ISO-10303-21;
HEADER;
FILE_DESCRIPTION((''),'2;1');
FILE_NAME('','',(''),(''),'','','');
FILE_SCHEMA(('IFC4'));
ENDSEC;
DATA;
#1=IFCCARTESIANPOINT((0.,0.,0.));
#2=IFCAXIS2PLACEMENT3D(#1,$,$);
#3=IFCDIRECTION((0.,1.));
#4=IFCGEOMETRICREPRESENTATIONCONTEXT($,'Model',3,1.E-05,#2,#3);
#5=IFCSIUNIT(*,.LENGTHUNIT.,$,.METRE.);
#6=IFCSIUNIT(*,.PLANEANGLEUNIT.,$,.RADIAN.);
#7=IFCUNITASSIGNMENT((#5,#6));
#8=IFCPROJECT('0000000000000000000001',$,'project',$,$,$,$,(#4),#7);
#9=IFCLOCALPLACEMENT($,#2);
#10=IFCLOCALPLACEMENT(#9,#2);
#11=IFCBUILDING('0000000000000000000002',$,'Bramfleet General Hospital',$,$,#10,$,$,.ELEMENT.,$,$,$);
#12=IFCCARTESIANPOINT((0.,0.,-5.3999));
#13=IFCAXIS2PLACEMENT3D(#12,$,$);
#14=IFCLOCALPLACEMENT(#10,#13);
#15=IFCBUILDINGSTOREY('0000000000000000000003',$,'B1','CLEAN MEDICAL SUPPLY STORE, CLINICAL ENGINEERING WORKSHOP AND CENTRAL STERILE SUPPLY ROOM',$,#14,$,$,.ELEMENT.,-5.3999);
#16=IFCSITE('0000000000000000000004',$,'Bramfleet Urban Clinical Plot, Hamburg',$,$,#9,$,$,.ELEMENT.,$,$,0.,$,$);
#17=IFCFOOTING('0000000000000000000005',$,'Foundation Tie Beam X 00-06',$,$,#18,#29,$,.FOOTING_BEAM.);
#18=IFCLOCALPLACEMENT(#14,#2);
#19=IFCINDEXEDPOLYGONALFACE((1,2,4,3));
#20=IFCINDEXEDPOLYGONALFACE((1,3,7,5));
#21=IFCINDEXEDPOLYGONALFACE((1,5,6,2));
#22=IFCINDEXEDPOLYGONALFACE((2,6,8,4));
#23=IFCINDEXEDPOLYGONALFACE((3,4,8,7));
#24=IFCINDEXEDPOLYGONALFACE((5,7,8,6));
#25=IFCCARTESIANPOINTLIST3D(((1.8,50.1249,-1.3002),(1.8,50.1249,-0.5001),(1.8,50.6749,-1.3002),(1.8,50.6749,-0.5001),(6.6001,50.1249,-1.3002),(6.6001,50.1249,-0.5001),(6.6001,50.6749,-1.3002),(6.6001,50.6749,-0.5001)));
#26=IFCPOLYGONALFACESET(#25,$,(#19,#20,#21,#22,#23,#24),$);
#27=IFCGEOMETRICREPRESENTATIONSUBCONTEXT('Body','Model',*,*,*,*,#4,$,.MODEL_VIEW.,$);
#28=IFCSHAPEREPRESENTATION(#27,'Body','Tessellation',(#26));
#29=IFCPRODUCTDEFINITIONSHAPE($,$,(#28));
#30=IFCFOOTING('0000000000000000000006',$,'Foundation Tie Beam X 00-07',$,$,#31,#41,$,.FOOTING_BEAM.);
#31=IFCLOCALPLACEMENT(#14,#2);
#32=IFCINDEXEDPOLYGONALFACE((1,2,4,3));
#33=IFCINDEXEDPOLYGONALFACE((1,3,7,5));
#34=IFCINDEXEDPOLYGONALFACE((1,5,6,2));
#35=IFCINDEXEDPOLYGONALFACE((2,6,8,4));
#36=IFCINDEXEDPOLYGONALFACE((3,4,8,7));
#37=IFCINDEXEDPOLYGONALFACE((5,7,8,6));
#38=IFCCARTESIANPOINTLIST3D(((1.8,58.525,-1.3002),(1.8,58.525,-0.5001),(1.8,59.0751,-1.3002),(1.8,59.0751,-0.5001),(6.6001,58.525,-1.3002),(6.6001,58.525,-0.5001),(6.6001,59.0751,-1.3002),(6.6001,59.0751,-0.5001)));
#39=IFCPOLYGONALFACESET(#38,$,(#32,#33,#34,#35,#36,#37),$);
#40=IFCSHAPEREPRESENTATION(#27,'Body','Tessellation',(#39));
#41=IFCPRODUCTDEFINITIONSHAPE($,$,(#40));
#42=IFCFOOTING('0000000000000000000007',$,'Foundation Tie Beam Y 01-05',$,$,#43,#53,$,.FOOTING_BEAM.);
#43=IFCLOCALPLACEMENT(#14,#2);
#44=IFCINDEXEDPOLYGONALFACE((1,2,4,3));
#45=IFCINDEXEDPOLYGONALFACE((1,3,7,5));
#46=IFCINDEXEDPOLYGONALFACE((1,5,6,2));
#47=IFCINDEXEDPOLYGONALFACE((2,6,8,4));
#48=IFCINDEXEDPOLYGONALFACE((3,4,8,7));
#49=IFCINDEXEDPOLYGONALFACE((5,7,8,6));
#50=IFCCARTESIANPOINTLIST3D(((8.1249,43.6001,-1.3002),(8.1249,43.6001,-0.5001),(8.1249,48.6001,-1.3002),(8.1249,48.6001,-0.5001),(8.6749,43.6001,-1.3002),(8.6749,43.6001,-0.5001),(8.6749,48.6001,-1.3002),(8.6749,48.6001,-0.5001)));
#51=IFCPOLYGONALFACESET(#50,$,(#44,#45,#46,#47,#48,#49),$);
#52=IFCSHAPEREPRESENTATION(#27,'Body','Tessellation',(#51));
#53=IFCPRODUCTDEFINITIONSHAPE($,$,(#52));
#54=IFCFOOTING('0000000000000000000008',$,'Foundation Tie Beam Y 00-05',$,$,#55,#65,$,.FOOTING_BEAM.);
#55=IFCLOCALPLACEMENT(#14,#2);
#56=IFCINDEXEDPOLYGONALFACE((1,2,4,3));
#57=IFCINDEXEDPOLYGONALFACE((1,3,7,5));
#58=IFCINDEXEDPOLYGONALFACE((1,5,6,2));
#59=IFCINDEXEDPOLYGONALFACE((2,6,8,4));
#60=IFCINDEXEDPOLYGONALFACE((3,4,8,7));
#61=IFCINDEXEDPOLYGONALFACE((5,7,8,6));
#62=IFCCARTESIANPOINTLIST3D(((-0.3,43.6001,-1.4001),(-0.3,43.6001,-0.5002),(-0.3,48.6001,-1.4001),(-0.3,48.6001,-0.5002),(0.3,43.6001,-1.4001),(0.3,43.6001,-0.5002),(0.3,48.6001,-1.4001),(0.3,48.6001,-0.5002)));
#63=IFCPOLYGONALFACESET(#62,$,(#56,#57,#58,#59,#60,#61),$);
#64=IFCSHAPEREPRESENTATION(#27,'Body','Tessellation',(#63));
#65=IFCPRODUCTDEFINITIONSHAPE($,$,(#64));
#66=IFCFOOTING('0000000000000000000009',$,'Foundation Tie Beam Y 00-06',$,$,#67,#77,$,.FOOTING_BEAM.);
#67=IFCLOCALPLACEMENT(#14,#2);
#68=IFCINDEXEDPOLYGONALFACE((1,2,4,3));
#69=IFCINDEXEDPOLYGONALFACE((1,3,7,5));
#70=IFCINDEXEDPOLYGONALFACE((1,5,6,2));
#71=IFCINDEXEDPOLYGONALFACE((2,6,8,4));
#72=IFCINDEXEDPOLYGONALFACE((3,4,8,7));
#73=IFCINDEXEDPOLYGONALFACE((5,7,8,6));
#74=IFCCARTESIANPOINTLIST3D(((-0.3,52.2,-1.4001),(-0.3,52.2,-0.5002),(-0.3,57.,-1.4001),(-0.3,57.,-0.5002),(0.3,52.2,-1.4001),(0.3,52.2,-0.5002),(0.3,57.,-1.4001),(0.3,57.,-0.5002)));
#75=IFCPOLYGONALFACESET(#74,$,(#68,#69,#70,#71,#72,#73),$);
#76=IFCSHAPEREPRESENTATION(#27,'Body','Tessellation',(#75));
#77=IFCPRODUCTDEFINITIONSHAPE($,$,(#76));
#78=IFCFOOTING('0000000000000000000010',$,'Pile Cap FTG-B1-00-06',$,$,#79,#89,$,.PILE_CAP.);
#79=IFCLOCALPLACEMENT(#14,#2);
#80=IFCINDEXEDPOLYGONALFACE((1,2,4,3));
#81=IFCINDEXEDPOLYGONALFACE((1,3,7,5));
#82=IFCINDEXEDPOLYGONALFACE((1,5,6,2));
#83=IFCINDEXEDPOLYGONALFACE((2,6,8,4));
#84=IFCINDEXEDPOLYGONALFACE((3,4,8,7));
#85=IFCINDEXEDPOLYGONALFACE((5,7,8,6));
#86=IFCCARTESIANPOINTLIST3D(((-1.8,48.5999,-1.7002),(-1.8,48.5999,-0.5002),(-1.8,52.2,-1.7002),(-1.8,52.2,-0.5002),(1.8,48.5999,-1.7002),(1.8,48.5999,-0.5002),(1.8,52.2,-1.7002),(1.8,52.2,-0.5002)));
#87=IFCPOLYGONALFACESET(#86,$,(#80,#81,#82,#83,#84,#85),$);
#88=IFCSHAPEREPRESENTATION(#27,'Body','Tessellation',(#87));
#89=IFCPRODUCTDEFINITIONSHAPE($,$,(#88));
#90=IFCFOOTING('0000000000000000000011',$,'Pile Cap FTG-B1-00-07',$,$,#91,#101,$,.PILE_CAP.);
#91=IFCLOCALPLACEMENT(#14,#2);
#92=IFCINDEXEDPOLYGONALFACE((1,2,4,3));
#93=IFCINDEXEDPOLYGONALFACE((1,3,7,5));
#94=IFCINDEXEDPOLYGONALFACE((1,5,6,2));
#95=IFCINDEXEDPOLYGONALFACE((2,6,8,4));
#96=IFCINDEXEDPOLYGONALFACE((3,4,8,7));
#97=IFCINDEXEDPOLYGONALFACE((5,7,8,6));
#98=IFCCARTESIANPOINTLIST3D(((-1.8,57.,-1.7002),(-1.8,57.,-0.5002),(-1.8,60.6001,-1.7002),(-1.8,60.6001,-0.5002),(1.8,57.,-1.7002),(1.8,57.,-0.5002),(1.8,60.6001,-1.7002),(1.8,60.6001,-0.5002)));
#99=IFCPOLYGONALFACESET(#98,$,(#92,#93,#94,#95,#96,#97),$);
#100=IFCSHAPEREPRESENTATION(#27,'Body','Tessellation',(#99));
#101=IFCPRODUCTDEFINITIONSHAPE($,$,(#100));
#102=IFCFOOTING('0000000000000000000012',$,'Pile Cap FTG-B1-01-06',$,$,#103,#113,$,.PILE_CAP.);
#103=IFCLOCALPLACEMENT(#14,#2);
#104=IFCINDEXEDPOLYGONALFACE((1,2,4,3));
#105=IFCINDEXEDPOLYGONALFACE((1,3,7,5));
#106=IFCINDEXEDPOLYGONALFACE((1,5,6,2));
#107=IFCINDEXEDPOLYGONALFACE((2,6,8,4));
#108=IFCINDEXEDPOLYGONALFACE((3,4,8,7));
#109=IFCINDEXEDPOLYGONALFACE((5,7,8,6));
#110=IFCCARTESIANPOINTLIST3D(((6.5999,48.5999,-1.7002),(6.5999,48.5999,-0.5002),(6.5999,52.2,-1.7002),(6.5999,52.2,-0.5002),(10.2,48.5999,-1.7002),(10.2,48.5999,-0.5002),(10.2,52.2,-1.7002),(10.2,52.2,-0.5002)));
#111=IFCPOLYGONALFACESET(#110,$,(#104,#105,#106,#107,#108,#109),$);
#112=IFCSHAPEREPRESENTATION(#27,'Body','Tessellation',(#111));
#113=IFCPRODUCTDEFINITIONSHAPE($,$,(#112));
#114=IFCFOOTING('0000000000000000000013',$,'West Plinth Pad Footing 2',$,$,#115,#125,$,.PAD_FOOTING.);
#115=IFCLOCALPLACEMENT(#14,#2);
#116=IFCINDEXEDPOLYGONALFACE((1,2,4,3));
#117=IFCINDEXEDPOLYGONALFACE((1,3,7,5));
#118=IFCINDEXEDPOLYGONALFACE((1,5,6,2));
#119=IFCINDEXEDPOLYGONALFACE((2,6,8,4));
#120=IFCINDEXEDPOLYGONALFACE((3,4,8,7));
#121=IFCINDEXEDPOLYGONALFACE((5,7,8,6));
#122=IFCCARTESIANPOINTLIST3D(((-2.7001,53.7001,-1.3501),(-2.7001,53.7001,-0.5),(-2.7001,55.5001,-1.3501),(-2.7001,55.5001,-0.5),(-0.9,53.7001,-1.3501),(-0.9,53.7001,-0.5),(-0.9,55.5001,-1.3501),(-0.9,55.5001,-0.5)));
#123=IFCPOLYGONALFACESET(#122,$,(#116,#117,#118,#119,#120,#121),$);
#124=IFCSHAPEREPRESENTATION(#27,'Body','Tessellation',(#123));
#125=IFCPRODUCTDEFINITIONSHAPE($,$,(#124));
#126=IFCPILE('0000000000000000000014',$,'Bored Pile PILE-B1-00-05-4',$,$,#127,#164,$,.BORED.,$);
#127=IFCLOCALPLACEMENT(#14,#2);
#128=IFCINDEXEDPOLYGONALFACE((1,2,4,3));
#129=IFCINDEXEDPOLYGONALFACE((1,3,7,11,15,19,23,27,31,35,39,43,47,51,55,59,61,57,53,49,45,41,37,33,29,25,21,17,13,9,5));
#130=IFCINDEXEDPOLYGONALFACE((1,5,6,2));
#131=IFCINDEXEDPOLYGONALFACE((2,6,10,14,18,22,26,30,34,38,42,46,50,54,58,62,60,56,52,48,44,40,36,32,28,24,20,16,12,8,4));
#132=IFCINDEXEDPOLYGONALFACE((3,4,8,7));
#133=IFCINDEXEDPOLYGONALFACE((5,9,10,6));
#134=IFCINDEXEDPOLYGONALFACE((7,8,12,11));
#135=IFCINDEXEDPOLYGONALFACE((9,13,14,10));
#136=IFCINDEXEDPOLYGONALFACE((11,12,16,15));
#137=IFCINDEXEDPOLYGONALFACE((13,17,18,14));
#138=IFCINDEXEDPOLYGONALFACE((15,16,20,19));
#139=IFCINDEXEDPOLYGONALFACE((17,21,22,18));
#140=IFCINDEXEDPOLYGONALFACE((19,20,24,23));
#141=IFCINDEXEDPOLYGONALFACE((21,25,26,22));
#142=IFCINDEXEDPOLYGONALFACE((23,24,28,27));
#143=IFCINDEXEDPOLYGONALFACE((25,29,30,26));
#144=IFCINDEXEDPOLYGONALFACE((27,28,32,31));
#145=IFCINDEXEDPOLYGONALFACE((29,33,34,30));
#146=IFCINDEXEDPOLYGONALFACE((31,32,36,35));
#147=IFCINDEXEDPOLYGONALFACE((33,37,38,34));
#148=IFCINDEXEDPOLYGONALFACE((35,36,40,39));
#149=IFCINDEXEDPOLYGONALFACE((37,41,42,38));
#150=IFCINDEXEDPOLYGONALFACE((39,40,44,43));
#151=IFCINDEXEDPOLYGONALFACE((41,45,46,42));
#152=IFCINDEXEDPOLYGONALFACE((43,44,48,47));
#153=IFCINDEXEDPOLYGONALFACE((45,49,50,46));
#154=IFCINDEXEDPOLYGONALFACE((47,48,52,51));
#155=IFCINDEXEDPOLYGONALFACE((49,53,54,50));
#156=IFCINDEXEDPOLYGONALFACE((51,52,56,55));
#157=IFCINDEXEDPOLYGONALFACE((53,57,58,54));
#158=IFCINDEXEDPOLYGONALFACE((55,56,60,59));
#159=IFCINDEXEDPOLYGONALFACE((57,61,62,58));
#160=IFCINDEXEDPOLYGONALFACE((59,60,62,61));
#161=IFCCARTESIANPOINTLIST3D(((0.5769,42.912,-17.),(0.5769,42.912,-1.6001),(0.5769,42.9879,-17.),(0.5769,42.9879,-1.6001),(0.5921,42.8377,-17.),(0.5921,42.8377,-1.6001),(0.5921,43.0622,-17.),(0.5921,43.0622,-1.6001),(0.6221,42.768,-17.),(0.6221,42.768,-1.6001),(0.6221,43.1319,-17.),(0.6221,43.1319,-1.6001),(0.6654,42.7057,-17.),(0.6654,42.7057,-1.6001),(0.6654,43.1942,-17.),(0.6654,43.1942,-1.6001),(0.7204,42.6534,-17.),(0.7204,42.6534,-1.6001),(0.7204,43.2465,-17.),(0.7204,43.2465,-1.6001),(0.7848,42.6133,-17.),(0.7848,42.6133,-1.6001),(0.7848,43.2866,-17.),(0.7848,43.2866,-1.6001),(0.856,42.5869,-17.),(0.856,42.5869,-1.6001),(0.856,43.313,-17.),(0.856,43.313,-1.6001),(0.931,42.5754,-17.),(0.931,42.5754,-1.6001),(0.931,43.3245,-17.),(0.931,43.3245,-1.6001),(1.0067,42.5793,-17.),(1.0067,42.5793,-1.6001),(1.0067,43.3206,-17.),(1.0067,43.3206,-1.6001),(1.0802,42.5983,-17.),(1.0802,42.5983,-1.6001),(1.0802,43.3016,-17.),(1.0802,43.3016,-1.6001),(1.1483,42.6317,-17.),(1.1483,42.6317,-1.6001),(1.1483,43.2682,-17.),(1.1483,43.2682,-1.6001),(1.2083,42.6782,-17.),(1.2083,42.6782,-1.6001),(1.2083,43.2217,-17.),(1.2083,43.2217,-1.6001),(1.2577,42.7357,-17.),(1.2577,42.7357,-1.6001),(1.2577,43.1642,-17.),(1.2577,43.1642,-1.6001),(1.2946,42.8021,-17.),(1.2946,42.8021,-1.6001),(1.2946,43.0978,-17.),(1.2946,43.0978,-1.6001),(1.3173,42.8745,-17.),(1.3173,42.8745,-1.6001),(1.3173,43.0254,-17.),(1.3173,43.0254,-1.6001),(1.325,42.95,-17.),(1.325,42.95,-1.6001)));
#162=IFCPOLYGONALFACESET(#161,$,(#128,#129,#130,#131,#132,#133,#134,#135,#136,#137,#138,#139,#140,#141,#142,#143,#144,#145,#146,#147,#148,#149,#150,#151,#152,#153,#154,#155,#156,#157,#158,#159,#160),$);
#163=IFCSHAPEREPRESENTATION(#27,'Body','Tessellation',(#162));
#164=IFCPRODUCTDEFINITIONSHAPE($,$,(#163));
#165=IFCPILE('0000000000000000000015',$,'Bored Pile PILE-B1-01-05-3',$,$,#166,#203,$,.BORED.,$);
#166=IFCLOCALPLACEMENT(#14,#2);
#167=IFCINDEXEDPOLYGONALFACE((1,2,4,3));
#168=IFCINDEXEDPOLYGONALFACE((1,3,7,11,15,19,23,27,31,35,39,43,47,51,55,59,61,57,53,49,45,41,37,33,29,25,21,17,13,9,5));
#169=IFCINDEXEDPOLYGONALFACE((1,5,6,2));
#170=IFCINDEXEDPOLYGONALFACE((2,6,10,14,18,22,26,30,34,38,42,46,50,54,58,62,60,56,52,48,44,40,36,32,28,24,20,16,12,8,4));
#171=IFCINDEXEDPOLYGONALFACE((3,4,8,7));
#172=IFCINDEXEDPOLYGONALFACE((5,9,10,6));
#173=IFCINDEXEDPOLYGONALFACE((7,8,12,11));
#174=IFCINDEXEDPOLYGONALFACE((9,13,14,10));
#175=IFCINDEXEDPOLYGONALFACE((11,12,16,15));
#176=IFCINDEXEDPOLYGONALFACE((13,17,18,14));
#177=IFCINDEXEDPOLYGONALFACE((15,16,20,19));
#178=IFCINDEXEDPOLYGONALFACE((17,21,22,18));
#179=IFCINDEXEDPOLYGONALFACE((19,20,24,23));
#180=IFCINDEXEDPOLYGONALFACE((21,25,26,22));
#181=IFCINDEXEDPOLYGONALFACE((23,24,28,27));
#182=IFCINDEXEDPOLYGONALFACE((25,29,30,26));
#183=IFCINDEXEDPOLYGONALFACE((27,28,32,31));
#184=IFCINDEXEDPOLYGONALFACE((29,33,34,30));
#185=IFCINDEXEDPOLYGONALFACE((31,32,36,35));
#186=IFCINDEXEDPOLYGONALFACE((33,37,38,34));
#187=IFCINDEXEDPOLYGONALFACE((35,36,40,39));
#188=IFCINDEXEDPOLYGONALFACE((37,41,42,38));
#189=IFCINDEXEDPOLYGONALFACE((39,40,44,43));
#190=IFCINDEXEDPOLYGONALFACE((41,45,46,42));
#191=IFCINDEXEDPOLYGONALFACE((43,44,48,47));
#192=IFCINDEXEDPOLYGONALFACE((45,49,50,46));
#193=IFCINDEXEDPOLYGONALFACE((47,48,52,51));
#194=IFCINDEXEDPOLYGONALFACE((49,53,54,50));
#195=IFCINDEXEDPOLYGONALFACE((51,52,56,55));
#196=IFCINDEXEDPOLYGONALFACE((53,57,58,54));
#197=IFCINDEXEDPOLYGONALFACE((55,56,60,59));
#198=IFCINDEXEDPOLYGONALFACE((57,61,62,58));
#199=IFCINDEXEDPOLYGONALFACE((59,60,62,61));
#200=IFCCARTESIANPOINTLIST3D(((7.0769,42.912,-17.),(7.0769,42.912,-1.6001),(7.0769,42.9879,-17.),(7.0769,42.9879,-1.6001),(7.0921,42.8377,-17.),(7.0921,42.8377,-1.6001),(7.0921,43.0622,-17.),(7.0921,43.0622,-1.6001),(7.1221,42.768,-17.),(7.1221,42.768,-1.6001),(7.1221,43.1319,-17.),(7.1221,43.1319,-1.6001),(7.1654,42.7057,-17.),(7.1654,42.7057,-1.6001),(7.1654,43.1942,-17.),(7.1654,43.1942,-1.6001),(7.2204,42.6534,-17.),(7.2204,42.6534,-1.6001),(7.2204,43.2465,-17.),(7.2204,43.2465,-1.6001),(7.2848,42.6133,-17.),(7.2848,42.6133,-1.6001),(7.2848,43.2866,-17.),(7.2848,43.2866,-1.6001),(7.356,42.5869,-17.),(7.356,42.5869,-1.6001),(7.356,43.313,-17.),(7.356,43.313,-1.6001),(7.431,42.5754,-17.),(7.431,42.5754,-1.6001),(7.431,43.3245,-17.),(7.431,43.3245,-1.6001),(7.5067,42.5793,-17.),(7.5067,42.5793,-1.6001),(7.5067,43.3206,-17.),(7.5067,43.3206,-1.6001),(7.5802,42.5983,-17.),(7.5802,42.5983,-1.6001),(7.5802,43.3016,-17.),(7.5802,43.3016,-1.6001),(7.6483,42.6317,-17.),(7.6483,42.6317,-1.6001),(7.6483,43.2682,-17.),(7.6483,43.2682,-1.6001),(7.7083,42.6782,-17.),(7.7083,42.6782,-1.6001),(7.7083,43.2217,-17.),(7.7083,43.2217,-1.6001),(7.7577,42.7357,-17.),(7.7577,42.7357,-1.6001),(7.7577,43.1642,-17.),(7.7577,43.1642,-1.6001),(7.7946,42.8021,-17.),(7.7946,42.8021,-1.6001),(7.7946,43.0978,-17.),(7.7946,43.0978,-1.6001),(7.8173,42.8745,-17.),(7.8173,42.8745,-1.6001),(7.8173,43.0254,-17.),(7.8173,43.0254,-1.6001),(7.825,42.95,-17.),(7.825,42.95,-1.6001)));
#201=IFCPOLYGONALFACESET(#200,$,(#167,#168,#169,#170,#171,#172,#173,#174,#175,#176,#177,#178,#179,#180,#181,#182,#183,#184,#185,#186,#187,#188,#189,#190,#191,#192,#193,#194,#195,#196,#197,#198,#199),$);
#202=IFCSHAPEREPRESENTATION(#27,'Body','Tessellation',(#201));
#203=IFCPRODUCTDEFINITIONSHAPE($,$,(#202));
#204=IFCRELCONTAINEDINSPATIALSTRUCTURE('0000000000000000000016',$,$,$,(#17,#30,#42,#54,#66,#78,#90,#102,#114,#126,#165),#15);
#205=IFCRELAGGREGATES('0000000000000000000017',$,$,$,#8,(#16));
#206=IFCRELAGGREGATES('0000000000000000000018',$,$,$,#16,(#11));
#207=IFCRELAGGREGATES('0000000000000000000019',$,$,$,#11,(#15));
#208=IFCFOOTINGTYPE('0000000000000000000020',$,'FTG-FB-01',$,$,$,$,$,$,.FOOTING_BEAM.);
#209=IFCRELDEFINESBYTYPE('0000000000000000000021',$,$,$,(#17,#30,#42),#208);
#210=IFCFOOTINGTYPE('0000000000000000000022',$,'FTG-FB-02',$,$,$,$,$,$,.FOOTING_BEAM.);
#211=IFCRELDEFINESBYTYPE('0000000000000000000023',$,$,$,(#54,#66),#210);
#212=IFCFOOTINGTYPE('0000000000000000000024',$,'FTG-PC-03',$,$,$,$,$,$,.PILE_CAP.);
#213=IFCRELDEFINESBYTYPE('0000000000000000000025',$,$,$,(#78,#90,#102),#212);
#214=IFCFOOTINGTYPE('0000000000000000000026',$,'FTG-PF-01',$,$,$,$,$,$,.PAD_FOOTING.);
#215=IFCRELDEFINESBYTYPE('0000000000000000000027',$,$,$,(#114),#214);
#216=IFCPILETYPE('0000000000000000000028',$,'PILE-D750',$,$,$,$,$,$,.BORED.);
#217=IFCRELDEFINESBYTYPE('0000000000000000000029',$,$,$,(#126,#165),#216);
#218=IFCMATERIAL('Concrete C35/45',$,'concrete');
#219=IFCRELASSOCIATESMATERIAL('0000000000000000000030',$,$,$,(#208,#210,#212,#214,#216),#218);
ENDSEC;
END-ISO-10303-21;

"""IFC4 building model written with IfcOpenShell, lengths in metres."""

from ifc_helpers import new_model, si_unit, direction, frame, origin, origin_2d, place, context, subcontext, project, spatial, rectangle, circle, extrude, material, material_profile, profile_set, type_object, element, save


model = new_model("IFC4")

# Units and contexts
model_context = context("Model", 3, precision=1e-05, world=origin(), true_north=direction((0.0, 1.0)))
body_context = subcontext(model_context, "Body", "Model", "MODEL_VIEW")
ifc_project = project(units=[si_unit("LENGTHUNIT", "METRE"), si_unit("PLANEANGLEUNIT", "RADIAN")], contexts=[model_context])

# Site, building, storey
site_placement = place(None, origin())
site = spatial("IfcSite", under=ifc_project, at=site_placement, Name="Bramfleet Urban Clinical Plot, Hamburg", CompositionType="ELEMENT", RefElevation=0.0)
building_placement = place(site_placement, origin())
building = spatial("IfcBuilding", under=site, at=building_placement, Name="Bramfleet General Hospital", CompositionType="ELEMENT")
storey_placement = place(building_placement, frame((0.0, 0.0, -5.3999)))
storey = spatial("IfcBuildingStorey", under=building, at=storey_placement, Name="B1", Description="CLEAN MEDICAL SUPPLY STORE, CLINICAL ENGINEERING WORKSHOP AND CENTRAL STERILE SUPPLY ROOM", CompositionType="ELEMENT", Elevation=-5.3999)

# Footings
ifc_material_1 = material(Name="Concrete C35/45", Category="concrete")
ifc_material_profile_1 = material_profile(ifc_material_1, rectangle(XDim=0.55, YDim=0.8, at=origin_2d()), Name="RC FB 800x550")
ifc_profile_set_1 = profile_set([ifc_material_profile_1], Name="Concrete C35/45")
footing_type_1 = type_object("IfcFootingType", Name="FTG-FB-01", PredefinedType="FOOTING_BEAM", material=ifc_profile_set_1)
for number, where, z_axis, x_axis, name in (
    (1, (1.8, 50.3999, -0.9001), (1.0, 0.0, 0.0), (0.0, 1.0, 0.0), "Foundation Tie Beam X 00-06"),
    (2, (1.8, 58.8, -0.9001), (1.0, 0.0, 0.0), (0.0, 1.0, 0.0), "Foundation Tie Beam X 00-07"),
):
    element("IfcFooting", number, at=place(storey_placement, frame(where, z_axis=z_axis, x_axis=x_axis)), inside=storey, type_object=footing_type_1, Name=name, PredefinedType="FOOTING_BEAM", context=body_context, shape_type="SweptSolid", body=[
        extrude(rectangle(XDim=0.55, YDim=0.8, at=origin_2d()), origin(), (0.0, 0.0, 1.0), 4.8),
    ])
footing_1_placement = place(storey_placement, frame((8.3999, 43.6001, -0.9001), z_axis=(0.0, 1.0, 0.0), x_axis=(-1.0, 0.0, 0.0)))
element("IfcFooting", 3, at=footing_1_placement, inside=storey, type_object=footing_type_1, Name="Foundation Tie Beam Y 01-05", PredefinedType="FOOTING_BEAM", context=body_context, shape_type="SweptSolid", body=[
    extrude(rectangle(XDim=0.55, YDim=0.8, at=origin_2d()), origin(), (0.0, 0.0, 1.0), 5.0),
])
ifc_material_profile_2 = material_profile(ifc_material_1, rectangle(XDim=0.6001, YDim=0.8999, at=origin_2d()), Name="RC FB 900x600")
ifc_profile_set_2 = profile_set([ifc_material_profile_2], Name="Concrete C35/45")
footing_type_2 = type_object("IfcFootingType", Name="FTG-FB-02", PredefinedType="FOOTING_BEAM", material=ifc_profile_set_2)
footing_2_placement = place(storey_placement, frame((0.0, 43.6001, -0.9502), z_axis=(0.0, 1.0, 0.0), x_axis=(-1.0, 0.0, 0.0)))
element("IfcFooting", 4, at=footing_2_placement, inside=storey, type_object=footing_type_2, Name="Foundation Tie Beam Y 00-05", PredefinedType="FOOTING_BEAM", context=body_context, shape_type="SweptSolid", body=[
    extrude(rectangle(XDim=0.6001, YDim=0.8999, at=origin_2d()), origin(), (0.0, 0.0, 1.0), 5.0),
])
footing_3_placement = place(storey_placement, frame((0.0, 52.2, -0.9502), z_axis=(0.0, 1.0, 0.0), x_axis=(-1.0, 0.0, 0.0)))
element("IfcFooting", 5, at=footing_3_placement, inside=storey, type_object=footing_type_2, Name="Foundation Tie Beam Y 00-06", PredefinedType="FOOTING_BEAM", context=body_context, shape_type="SweptSolid", body=[
    extrude(rectangle(XDim=0.6001, YDim=0.8999, at=origin_2d()), origin(), (0.0, 0.0, 1.0), 4.8),
])
footing_type_3 = type_object("IfcFootingType", Name="FTG-PC-03", PredefinedType="PILE_CAP", material=ifc_material_1)
for number, where, z_axis, x_axis, name in (
    (6, (0.0, 50.3999, -1.7002), (0.0, 0.0, 1.0), (1.0, 0.0, 0.0), "Pile Cap FTG-B1-00-06"),
    (7, (0.0, 58.8, -1.7002), (0.0, 0.0, 1.0), (1.0, 0.0, 0.0), "Pile Cap FTG-B1-00-07"),
    (8, (8.3999, 50.3999, -1.7002), (0.0, 0.0, 1.0), (1.0, 0.0, 0.0), "Pile Cap FTG-B1-01-06"),
):
    element("IfcFooting", number, at=place(storey_placement, frame(where, z_axis=z_axis, x_axis=x_axis)), inside=storey, type_object=footing_type_3, Name=name, PredefinedType="PILE_CAP", context=body_context, shape_type="SweptSolid", body=[
        extrude(rectangle(XDim=3.6001, YDim=3.6001, at=origin_2d()), origin(), (0.0, 0.0, 1.0), 1.2),
    ])
footing_type_4 = type_object("IfcFootingType", Name="FTG-PF-01", PredefinedType="PAD_FOOTING", material=ifc_material_1)
footing_4_placement = place(storey_placement, frame((-1.8, 54.6001, -1.3501), z_axis=(0.0, 0.0, 1.0), x_axis=(1.0, 0.0, 0.0)))
element("IfcFooting", 9, at=footing_4_placement, inside=storey, type_object=footing_type_4, Name="West Plinth Pad Footing 2", PredefinedType="PAD_FOOTING", context=body_context, shape_type="SweptSolid", body=[
    extrude(rectangle(XDim=1.8, YDim=1.8, at=origin_2d()), origin(), (0.0, 0.0, 1.0), 0.8501),
])

# Piles
ifc_material_profile_3 = material_profile(ifc_material_1, circle(Radius=0.375, at=origin_2d()), Name="PILE BORED D750")
ifc_profile_set_3 = profile_set([ifc_material_profile_3], Name="Concrete C35/45")
pile_type_1 = type_object("IfcPileType", Name="PILE-D750", PredefinedType="BORED", material=ifc_profile_set_3)
for number, where, z_axis, x_axis, name in (
    (10, (0.95, 42.95, -1.6001), (0.0, 0.0, -1.0), (1.0, 0.0, 0.0), "Bored Pile PILE-B1-00-05-4"),
    (11, (7.45, 42.95, -1.6001), (0.0, 0.0, -1.0), (1.0, 0.0, 0.0), "Bored Pile PILE-B1-01-05-3"),
):
    element("IfcPile", number, at=place(storey_placement, frame(where, z_axis=z_axis, x_axis=x_axis)), inside=storey, type_object=pile_type_1, Name=name, PredefinedType="BORED", context=body_context, shape_type="SweptSolid", body=[
        extrude(circle(Radius=0.375, at=origin_2d()), origin(), (0.0, 0.0, 1.0), 15.3999),
    ])

save(model, "model.ifc")
